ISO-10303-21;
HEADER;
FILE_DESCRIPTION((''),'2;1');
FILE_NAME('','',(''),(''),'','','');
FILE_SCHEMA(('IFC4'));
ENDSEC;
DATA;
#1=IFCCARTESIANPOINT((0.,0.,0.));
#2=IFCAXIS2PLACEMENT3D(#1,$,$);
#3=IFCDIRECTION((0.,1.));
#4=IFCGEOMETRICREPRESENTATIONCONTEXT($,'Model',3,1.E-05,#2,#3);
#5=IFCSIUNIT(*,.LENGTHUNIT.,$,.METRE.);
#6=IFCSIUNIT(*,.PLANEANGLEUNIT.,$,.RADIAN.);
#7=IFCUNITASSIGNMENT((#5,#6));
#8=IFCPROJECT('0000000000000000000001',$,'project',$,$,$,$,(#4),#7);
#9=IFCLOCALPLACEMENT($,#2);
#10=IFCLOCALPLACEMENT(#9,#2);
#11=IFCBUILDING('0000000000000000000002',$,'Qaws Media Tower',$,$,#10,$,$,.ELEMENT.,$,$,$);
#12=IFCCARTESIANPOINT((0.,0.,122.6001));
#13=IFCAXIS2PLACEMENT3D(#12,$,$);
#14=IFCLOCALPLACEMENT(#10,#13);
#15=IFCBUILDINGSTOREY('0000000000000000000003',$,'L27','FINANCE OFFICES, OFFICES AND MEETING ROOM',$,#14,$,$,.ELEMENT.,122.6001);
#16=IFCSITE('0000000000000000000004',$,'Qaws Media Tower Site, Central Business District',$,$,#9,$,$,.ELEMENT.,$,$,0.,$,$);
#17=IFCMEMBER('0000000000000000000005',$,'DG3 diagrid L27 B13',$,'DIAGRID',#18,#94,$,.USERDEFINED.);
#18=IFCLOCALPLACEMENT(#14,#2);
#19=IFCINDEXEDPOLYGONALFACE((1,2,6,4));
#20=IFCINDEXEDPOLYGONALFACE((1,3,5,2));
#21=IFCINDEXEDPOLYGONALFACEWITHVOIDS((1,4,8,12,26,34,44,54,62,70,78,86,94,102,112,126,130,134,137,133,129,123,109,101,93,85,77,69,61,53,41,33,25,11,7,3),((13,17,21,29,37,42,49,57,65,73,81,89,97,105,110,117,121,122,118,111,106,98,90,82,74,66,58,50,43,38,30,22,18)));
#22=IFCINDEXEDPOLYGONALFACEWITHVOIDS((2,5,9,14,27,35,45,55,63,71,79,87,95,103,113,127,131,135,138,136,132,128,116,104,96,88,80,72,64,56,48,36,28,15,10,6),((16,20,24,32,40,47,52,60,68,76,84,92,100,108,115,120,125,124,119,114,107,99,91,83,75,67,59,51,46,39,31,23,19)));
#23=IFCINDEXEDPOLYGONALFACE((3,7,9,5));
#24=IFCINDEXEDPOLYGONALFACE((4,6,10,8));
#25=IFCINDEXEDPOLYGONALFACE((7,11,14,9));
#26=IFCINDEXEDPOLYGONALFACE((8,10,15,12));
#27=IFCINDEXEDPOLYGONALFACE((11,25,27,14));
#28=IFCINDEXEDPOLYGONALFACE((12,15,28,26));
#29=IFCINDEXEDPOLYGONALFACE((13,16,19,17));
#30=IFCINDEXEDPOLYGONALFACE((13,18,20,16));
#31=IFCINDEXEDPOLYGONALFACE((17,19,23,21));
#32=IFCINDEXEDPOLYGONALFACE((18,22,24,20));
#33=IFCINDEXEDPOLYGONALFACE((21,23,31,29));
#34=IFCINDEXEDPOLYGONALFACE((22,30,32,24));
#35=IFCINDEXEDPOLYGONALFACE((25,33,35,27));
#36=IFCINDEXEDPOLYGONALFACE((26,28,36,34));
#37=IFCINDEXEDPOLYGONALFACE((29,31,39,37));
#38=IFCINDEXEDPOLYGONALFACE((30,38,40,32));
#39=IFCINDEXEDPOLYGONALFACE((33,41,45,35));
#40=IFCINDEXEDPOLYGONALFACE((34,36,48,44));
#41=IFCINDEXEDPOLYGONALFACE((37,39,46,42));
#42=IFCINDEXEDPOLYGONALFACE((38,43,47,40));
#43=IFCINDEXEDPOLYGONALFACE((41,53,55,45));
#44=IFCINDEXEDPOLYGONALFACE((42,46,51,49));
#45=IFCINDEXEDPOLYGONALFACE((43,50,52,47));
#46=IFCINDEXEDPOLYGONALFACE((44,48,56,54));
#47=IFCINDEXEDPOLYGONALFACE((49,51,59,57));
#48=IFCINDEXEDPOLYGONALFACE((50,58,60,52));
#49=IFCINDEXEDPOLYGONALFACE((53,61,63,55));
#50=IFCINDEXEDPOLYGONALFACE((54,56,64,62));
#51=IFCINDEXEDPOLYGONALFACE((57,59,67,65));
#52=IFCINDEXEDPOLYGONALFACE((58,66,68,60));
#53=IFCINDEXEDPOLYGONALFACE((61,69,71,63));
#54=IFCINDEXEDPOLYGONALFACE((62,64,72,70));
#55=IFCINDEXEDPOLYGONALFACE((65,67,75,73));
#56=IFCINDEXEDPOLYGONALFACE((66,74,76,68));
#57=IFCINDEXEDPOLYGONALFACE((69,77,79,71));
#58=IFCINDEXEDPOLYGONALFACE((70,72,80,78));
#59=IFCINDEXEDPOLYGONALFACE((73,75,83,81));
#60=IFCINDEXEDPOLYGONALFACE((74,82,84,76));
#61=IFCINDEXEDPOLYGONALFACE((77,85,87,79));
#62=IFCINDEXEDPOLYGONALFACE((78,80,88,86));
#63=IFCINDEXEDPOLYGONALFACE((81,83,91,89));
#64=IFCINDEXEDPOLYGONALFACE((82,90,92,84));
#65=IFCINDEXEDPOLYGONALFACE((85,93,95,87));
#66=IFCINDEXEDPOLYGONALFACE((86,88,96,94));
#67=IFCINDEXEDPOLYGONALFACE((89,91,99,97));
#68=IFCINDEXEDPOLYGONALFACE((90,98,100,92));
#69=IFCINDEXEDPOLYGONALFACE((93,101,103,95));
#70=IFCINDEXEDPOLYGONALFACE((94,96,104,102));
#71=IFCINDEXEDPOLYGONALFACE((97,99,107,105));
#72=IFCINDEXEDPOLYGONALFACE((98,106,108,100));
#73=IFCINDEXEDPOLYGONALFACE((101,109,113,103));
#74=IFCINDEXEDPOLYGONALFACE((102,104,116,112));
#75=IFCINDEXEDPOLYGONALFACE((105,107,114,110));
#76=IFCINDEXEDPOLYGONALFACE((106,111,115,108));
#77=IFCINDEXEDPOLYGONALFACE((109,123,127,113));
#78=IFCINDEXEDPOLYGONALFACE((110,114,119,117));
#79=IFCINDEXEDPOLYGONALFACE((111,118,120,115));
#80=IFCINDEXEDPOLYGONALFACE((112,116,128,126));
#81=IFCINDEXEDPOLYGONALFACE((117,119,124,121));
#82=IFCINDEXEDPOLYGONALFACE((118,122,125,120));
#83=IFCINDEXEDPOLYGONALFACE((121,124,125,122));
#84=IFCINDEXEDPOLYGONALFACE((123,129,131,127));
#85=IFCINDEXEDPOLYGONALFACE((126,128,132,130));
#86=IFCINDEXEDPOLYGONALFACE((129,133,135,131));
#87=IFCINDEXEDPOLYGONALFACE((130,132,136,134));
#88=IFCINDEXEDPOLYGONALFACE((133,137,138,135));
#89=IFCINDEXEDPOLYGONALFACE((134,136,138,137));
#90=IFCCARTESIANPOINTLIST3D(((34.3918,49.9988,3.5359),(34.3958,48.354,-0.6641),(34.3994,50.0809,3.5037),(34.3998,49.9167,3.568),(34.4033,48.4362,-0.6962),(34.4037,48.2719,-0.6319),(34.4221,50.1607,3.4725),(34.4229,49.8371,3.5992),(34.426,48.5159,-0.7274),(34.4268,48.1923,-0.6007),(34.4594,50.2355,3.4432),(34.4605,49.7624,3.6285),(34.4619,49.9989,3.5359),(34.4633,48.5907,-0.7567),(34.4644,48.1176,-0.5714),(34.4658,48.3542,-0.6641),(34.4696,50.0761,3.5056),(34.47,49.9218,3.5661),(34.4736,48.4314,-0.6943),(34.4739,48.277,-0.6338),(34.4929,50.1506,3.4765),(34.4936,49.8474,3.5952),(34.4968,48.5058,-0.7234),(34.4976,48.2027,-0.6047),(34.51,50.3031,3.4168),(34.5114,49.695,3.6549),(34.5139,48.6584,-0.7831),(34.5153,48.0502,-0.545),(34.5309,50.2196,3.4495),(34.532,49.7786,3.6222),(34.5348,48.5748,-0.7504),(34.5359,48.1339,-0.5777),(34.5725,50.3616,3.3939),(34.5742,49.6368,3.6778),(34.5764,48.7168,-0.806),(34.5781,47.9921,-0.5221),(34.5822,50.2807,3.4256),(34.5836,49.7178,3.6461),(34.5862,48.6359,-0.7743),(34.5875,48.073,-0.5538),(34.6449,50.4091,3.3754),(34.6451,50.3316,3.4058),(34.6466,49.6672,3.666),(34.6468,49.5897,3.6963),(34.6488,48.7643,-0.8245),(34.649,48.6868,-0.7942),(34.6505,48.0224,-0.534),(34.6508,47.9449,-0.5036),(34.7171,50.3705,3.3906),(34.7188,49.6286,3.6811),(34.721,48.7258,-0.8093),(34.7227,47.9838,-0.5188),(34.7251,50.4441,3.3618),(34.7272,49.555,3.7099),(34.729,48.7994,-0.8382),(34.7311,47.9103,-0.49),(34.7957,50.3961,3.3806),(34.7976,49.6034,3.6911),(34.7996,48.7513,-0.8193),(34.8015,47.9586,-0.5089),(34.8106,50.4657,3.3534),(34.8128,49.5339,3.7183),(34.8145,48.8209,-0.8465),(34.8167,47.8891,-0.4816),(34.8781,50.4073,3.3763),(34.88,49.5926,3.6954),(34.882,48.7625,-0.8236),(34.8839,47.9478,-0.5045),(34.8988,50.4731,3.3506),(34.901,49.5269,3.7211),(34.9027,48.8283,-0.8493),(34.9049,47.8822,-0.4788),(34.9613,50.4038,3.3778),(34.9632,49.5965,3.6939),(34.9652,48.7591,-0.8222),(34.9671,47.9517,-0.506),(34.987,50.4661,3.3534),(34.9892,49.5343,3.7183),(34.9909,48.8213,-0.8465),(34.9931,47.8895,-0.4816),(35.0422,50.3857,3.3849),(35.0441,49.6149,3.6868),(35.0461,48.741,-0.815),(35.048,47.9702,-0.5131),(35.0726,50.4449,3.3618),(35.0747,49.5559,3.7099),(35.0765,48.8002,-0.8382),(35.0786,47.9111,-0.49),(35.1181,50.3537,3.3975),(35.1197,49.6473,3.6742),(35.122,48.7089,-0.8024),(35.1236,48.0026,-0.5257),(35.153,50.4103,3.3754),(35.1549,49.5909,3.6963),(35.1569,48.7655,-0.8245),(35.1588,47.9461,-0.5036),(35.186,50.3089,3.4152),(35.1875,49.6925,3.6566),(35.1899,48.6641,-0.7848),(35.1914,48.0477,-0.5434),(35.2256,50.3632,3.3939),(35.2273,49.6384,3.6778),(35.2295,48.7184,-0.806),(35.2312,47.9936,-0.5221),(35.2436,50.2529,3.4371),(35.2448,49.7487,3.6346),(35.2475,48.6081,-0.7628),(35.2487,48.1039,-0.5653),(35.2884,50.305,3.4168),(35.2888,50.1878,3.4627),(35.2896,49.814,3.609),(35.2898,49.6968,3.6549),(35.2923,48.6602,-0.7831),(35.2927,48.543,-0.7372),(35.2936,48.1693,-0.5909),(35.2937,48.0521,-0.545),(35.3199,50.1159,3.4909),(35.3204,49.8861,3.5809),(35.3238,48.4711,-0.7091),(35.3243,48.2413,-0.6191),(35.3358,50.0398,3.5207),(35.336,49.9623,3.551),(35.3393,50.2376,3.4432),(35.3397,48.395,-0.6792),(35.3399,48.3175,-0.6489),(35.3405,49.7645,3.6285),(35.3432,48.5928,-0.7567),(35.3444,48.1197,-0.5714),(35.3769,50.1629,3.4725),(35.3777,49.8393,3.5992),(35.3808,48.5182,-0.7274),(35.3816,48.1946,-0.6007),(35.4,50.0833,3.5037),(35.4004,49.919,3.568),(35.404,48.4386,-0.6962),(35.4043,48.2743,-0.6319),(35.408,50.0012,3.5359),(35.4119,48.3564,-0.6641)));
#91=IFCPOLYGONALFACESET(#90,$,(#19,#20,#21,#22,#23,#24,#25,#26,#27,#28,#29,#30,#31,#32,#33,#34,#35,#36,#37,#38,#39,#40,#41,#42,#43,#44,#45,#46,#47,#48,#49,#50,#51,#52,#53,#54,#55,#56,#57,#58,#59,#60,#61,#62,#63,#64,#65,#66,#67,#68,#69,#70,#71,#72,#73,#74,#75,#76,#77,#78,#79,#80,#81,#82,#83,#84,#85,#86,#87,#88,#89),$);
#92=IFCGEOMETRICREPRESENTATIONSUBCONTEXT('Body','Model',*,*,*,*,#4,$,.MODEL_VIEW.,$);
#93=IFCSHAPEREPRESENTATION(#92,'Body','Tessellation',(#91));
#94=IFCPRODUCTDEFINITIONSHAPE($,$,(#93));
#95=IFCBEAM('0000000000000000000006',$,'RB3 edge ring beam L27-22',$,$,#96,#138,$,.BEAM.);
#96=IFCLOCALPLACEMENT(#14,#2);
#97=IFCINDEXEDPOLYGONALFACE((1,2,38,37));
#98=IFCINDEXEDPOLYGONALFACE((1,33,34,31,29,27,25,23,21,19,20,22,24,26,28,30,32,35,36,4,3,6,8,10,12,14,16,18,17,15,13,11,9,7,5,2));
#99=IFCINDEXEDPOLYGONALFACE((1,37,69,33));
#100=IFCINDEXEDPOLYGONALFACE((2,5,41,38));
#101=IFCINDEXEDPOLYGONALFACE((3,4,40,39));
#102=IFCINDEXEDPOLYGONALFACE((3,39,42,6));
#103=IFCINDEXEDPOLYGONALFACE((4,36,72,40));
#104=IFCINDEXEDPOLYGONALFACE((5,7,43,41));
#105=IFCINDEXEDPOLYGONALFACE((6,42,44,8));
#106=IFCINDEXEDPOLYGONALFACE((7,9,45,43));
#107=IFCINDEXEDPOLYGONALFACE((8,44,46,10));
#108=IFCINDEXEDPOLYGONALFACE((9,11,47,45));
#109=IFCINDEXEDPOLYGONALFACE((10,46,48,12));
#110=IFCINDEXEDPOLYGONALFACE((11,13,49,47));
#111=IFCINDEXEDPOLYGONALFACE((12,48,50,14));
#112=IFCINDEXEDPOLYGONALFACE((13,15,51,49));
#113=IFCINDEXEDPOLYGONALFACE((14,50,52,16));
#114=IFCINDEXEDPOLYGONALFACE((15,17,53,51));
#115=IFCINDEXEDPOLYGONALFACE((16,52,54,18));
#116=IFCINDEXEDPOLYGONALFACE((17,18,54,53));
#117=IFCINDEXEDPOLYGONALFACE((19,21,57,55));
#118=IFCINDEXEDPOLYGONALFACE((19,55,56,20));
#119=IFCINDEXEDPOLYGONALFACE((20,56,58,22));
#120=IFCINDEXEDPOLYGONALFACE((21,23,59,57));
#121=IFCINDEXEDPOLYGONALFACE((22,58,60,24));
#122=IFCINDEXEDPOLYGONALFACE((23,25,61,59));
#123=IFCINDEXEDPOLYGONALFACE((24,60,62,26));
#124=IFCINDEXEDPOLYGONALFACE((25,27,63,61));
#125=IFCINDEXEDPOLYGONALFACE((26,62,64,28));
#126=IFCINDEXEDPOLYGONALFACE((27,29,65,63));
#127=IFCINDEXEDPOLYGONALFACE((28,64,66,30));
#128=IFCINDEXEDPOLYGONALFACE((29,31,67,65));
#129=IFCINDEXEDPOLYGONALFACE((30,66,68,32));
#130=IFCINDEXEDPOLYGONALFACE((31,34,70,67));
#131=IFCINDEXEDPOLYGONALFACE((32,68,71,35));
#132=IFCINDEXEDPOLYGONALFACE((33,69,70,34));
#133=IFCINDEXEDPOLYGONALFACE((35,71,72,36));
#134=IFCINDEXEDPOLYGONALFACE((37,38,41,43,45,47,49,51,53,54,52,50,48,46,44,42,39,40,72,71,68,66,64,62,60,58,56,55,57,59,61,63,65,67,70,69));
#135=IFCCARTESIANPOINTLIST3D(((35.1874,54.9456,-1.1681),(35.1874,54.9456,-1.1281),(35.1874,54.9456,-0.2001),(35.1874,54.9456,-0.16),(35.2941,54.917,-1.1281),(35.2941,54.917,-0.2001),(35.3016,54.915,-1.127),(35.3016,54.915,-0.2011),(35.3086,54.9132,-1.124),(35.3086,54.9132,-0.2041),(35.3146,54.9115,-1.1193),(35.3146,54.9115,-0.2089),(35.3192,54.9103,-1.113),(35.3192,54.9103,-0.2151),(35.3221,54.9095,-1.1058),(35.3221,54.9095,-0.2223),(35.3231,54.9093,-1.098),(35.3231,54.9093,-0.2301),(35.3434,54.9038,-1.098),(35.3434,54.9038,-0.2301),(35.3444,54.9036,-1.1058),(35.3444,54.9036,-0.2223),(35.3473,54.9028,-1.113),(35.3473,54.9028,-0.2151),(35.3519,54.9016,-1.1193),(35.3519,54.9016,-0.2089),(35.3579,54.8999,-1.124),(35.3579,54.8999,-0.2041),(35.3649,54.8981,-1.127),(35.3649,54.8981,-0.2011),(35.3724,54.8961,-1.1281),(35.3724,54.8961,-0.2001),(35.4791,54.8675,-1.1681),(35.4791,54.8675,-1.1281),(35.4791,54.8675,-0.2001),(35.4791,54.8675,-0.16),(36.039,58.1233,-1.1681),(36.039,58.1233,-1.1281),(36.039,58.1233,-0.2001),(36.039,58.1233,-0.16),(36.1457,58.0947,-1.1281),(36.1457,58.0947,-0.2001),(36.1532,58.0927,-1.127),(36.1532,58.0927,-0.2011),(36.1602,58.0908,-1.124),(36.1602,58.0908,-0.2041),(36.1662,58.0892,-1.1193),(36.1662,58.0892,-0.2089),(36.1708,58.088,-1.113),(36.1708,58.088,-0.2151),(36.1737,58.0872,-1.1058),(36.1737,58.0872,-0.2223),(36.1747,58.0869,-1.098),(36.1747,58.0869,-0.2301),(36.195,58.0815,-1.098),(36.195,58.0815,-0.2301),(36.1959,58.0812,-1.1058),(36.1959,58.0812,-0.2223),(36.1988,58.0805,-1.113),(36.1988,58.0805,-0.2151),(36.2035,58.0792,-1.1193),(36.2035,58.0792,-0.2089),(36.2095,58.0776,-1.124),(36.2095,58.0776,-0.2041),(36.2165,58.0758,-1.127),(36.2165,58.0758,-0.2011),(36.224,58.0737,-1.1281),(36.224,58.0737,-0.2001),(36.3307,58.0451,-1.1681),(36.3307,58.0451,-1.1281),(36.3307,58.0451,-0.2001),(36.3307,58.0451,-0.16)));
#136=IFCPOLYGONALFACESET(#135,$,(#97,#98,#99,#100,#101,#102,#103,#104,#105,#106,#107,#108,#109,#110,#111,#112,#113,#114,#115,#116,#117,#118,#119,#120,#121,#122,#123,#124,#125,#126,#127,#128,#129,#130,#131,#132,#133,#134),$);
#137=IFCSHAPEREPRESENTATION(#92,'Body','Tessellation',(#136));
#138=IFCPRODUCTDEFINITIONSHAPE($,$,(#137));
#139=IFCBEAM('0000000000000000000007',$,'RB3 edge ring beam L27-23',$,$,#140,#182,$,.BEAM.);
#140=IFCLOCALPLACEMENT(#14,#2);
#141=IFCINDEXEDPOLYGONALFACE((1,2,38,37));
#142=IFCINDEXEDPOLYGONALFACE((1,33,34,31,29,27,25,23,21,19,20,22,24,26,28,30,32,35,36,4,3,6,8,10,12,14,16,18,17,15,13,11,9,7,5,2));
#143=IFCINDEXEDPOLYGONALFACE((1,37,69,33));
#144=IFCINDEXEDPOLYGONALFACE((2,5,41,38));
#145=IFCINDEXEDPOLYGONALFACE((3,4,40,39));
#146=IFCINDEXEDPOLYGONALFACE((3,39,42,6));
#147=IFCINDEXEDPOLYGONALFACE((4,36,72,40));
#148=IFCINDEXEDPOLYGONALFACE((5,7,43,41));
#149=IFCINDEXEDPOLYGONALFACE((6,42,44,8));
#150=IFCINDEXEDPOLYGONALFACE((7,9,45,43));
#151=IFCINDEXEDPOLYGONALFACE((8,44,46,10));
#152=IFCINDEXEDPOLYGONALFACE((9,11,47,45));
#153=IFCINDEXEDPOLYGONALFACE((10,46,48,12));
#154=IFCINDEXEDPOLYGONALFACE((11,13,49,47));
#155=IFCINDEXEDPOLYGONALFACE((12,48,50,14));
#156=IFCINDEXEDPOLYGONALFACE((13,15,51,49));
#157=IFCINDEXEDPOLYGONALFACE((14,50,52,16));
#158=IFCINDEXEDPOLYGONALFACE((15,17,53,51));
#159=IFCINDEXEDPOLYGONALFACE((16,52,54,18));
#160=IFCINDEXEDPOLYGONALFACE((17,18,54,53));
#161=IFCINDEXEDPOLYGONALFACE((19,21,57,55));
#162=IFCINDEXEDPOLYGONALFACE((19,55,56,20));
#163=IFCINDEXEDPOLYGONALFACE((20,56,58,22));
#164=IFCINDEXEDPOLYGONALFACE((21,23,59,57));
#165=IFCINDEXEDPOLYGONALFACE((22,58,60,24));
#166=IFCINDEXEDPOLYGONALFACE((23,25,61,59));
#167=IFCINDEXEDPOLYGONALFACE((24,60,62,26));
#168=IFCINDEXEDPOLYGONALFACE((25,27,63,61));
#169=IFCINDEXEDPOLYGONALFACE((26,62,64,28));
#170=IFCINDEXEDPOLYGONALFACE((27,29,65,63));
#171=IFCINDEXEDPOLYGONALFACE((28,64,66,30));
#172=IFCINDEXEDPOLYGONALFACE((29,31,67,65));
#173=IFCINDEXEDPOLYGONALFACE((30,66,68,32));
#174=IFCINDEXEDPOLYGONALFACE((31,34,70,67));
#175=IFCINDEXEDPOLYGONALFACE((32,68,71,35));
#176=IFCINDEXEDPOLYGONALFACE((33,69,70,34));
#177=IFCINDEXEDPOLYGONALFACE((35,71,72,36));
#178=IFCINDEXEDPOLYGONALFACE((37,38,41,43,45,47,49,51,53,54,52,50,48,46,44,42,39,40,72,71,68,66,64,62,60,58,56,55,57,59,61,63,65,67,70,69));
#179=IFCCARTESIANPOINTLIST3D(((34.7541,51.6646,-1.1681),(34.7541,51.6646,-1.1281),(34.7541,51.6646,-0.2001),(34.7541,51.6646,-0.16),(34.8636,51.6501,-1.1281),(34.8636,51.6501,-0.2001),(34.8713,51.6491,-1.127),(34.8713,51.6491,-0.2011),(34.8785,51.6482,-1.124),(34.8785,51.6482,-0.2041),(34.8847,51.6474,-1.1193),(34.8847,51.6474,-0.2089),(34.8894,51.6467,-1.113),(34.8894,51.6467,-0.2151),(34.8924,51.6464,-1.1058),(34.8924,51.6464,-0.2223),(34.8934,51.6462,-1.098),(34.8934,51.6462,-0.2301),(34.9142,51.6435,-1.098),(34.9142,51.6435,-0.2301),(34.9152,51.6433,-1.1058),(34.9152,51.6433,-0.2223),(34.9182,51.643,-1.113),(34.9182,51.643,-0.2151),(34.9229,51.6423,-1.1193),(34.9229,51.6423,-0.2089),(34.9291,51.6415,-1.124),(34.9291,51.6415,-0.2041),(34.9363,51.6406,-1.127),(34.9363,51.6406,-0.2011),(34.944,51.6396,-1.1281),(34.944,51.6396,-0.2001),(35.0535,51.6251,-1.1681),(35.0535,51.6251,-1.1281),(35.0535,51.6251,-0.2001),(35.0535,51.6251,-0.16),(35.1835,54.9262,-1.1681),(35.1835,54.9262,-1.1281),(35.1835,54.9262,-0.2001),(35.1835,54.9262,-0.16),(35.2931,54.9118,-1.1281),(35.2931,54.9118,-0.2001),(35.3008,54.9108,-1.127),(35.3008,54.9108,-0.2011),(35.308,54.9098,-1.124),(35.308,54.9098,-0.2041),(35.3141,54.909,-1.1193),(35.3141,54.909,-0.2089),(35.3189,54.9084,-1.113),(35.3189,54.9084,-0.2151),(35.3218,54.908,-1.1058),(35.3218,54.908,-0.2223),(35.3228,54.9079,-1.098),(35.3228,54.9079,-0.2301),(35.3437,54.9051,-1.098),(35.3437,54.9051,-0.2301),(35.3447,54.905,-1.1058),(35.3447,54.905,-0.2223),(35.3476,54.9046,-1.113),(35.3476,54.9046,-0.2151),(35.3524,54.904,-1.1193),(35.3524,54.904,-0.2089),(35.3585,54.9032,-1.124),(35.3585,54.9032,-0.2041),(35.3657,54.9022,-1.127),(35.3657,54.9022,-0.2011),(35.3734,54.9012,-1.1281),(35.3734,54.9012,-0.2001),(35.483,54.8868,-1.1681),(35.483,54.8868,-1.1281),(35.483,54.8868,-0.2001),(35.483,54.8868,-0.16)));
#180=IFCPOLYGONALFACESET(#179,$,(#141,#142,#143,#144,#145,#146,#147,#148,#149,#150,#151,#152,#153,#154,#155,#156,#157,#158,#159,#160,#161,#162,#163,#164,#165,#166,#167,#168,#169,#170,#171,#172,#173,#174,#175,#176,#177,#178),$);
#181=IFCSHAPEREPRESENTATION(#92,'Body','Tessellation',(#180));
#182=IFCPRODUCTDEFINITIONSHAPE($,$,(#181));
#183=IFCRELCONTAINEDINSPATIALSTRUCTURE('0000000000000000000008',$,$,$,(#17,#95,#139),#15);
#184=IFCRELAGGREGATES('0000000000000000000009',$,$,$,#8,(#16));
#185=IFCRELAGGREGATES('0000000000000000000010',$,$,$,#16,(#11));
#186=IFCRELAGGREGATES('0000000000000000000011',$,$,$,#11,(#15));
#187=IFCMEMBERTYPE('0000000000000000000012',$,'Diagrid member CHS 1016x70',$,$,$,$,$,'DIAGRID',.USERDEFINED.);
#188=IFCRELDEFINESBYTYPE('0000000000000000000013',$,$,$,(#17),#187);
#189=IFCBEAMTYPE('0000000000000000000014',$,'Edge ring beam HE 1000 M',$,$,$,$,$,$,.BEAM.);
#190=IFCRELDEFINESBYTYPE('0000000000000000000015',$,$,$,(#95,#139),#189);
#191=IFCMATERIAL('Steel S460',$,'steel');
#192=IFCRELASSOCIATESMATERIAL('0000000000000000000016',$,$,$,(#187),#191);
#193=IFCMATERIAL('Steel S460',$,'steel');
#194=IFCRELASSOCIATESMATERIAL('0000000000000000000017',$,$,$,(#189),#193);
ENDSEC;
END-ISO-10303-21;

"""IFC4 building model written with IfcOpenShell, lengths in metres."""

from ifc_helpers import new_model, si_unit, direction, frame, origin, origin_2d, place, context, subcontext, project, spatial, hollow_circle, i_section, extrude, material, material_profile, profile_set, type_object, element, save


model = new_model("IFC4")

# Units and contexts
model_context = context("Model", 3, precision=1e-05, world=origin(), true_north=direction((0.0, 1.0)))
body_context = subcontext(model_context, "Body", "Model", "MODEL_VIEW")
ifc_project = project(units=[si_unit("LENGTHUNIT", "METRE"), si_unit("PLANEANGLEUNIT", "RADIAN")], contexts=[model_context])

# Site, building, storey
site_placement = place(None, origin())
site = spatial("IfcSite", under=ifc_project, at=site_placement, Name="Qaws Media Tower Site, Central Business District", CompositionType="ELEMENT", RefElevation=0.0)
building_placement = place(site_placement, origin())
building = spatial("IfcBuilding", under=site, at=building_placement, Name="Qaws Media Tower", CompositionType="ELEMENT")
storey_placement = place(building_placement, frame((0.0, 0.0, 122.6001)))
storey = spatial("IfcBuildingStorey", under=building, at=storey_placement, Name="L27", Description="FINANCE OFFICES, OFFICES AND MEETING ROOM", CompositionType="ELEMENT", Elevation=122.6001)

# Member
ifc_material_1 = material(Name="Steel S460", Category="steel")
ifc_material_profile_1 = material_profile(ifc_material_1, hollow_circle(Radius=0.5081, WallThickness=0.0701, at=origin_2d()), Name="CHS 1016x70")
ifc_profile_set_1 = profile_set([ifc_material_profile_1], Name="Steel S460")
member_type_1 = type_object("IfcMemberType", Name="Diagrid member CHS 1016x70", ElementType="DIAGRID", PredefinedType="USERDEFINED", material=ifc_profile_set_1)
for number, where, z_axis, x_axis, name in (
    (1, (34.9038, 48.3552, -0.6641), (-0.000866, 0.364652, 0.931143), (-0.999997, -0.002375, 0.0), "DG3 diagrid L27 B13"),
):
    element("IfcMember", number, at=place(storey_placement, frame(where, z_axis=z_axis, x_axis=x_axis)), inside=storey, type_object=member_type_1, Name=name, ObjectType="DIAGRID", PredefinedType="USERDEFINED", context=body_context, shape_type="SweptSolid", body=[
        extrude(hollow_circle(Radius=0.5081, WallThickness=0.0701, at=origin_2d()), origin(), (0.0, 0.0, 1.0), 4.5105),
    ])

# Beams
ifc_material_2 = material(Name="Steel S460", Category="steel")
ifc_material_profile_2 = material_profile(ifc_material_2, i_section(OverallWidth=0.302, OverallDepth=1.0081, WebThickness=0.021, FlangeThickness=0.04, FilletRadius=0.03, at=origin_2d()), Name="HE 1000 M")
ifc_profile_set_2 = profile_set([ifc_material_profile_2], Name="Steel S460")
beam_type = type_object("IfcBeamType", Name="Edge ring beam HE 1000 M", PredefinedType="BEAM", material=ifc_profile_set_2)
for number, where, z_axis, x_axis, name in (
    (2, (36.1848, 58.0842, -0.6641), (-0.258845, -0.965919, 0.0), (0.965919, -0.258845, 0.0), "RB3 edge ring beam L27-22"),
    (3, (35.3333, 54.9065, -0.6641), (-0.130535, -0.991444, 0.0), (0.991444, -0.130535, 0.0), "RB3 edge ring beam L27-23"),
):
    element("IfcBeam", number, at=place(storey_placement, frame(where, z_axis=z_axis, x_axis=x_axis)), inside=storey, type_object=beam_type, Name=name, PredefinedType="BEAM", context=body_context, shape_type="SweptSolid", body=[
        extrude(i_section(OverallWidth=0.302, OverallDepth=1.0081, WebThickness=0.021, FlangeThickness=0.04, FilletRadius=0.03, at=origin_2d()), origin(), (0.0, 0.0, 1.0), 3.2898),
    ])

save(model, "model.ifc")
